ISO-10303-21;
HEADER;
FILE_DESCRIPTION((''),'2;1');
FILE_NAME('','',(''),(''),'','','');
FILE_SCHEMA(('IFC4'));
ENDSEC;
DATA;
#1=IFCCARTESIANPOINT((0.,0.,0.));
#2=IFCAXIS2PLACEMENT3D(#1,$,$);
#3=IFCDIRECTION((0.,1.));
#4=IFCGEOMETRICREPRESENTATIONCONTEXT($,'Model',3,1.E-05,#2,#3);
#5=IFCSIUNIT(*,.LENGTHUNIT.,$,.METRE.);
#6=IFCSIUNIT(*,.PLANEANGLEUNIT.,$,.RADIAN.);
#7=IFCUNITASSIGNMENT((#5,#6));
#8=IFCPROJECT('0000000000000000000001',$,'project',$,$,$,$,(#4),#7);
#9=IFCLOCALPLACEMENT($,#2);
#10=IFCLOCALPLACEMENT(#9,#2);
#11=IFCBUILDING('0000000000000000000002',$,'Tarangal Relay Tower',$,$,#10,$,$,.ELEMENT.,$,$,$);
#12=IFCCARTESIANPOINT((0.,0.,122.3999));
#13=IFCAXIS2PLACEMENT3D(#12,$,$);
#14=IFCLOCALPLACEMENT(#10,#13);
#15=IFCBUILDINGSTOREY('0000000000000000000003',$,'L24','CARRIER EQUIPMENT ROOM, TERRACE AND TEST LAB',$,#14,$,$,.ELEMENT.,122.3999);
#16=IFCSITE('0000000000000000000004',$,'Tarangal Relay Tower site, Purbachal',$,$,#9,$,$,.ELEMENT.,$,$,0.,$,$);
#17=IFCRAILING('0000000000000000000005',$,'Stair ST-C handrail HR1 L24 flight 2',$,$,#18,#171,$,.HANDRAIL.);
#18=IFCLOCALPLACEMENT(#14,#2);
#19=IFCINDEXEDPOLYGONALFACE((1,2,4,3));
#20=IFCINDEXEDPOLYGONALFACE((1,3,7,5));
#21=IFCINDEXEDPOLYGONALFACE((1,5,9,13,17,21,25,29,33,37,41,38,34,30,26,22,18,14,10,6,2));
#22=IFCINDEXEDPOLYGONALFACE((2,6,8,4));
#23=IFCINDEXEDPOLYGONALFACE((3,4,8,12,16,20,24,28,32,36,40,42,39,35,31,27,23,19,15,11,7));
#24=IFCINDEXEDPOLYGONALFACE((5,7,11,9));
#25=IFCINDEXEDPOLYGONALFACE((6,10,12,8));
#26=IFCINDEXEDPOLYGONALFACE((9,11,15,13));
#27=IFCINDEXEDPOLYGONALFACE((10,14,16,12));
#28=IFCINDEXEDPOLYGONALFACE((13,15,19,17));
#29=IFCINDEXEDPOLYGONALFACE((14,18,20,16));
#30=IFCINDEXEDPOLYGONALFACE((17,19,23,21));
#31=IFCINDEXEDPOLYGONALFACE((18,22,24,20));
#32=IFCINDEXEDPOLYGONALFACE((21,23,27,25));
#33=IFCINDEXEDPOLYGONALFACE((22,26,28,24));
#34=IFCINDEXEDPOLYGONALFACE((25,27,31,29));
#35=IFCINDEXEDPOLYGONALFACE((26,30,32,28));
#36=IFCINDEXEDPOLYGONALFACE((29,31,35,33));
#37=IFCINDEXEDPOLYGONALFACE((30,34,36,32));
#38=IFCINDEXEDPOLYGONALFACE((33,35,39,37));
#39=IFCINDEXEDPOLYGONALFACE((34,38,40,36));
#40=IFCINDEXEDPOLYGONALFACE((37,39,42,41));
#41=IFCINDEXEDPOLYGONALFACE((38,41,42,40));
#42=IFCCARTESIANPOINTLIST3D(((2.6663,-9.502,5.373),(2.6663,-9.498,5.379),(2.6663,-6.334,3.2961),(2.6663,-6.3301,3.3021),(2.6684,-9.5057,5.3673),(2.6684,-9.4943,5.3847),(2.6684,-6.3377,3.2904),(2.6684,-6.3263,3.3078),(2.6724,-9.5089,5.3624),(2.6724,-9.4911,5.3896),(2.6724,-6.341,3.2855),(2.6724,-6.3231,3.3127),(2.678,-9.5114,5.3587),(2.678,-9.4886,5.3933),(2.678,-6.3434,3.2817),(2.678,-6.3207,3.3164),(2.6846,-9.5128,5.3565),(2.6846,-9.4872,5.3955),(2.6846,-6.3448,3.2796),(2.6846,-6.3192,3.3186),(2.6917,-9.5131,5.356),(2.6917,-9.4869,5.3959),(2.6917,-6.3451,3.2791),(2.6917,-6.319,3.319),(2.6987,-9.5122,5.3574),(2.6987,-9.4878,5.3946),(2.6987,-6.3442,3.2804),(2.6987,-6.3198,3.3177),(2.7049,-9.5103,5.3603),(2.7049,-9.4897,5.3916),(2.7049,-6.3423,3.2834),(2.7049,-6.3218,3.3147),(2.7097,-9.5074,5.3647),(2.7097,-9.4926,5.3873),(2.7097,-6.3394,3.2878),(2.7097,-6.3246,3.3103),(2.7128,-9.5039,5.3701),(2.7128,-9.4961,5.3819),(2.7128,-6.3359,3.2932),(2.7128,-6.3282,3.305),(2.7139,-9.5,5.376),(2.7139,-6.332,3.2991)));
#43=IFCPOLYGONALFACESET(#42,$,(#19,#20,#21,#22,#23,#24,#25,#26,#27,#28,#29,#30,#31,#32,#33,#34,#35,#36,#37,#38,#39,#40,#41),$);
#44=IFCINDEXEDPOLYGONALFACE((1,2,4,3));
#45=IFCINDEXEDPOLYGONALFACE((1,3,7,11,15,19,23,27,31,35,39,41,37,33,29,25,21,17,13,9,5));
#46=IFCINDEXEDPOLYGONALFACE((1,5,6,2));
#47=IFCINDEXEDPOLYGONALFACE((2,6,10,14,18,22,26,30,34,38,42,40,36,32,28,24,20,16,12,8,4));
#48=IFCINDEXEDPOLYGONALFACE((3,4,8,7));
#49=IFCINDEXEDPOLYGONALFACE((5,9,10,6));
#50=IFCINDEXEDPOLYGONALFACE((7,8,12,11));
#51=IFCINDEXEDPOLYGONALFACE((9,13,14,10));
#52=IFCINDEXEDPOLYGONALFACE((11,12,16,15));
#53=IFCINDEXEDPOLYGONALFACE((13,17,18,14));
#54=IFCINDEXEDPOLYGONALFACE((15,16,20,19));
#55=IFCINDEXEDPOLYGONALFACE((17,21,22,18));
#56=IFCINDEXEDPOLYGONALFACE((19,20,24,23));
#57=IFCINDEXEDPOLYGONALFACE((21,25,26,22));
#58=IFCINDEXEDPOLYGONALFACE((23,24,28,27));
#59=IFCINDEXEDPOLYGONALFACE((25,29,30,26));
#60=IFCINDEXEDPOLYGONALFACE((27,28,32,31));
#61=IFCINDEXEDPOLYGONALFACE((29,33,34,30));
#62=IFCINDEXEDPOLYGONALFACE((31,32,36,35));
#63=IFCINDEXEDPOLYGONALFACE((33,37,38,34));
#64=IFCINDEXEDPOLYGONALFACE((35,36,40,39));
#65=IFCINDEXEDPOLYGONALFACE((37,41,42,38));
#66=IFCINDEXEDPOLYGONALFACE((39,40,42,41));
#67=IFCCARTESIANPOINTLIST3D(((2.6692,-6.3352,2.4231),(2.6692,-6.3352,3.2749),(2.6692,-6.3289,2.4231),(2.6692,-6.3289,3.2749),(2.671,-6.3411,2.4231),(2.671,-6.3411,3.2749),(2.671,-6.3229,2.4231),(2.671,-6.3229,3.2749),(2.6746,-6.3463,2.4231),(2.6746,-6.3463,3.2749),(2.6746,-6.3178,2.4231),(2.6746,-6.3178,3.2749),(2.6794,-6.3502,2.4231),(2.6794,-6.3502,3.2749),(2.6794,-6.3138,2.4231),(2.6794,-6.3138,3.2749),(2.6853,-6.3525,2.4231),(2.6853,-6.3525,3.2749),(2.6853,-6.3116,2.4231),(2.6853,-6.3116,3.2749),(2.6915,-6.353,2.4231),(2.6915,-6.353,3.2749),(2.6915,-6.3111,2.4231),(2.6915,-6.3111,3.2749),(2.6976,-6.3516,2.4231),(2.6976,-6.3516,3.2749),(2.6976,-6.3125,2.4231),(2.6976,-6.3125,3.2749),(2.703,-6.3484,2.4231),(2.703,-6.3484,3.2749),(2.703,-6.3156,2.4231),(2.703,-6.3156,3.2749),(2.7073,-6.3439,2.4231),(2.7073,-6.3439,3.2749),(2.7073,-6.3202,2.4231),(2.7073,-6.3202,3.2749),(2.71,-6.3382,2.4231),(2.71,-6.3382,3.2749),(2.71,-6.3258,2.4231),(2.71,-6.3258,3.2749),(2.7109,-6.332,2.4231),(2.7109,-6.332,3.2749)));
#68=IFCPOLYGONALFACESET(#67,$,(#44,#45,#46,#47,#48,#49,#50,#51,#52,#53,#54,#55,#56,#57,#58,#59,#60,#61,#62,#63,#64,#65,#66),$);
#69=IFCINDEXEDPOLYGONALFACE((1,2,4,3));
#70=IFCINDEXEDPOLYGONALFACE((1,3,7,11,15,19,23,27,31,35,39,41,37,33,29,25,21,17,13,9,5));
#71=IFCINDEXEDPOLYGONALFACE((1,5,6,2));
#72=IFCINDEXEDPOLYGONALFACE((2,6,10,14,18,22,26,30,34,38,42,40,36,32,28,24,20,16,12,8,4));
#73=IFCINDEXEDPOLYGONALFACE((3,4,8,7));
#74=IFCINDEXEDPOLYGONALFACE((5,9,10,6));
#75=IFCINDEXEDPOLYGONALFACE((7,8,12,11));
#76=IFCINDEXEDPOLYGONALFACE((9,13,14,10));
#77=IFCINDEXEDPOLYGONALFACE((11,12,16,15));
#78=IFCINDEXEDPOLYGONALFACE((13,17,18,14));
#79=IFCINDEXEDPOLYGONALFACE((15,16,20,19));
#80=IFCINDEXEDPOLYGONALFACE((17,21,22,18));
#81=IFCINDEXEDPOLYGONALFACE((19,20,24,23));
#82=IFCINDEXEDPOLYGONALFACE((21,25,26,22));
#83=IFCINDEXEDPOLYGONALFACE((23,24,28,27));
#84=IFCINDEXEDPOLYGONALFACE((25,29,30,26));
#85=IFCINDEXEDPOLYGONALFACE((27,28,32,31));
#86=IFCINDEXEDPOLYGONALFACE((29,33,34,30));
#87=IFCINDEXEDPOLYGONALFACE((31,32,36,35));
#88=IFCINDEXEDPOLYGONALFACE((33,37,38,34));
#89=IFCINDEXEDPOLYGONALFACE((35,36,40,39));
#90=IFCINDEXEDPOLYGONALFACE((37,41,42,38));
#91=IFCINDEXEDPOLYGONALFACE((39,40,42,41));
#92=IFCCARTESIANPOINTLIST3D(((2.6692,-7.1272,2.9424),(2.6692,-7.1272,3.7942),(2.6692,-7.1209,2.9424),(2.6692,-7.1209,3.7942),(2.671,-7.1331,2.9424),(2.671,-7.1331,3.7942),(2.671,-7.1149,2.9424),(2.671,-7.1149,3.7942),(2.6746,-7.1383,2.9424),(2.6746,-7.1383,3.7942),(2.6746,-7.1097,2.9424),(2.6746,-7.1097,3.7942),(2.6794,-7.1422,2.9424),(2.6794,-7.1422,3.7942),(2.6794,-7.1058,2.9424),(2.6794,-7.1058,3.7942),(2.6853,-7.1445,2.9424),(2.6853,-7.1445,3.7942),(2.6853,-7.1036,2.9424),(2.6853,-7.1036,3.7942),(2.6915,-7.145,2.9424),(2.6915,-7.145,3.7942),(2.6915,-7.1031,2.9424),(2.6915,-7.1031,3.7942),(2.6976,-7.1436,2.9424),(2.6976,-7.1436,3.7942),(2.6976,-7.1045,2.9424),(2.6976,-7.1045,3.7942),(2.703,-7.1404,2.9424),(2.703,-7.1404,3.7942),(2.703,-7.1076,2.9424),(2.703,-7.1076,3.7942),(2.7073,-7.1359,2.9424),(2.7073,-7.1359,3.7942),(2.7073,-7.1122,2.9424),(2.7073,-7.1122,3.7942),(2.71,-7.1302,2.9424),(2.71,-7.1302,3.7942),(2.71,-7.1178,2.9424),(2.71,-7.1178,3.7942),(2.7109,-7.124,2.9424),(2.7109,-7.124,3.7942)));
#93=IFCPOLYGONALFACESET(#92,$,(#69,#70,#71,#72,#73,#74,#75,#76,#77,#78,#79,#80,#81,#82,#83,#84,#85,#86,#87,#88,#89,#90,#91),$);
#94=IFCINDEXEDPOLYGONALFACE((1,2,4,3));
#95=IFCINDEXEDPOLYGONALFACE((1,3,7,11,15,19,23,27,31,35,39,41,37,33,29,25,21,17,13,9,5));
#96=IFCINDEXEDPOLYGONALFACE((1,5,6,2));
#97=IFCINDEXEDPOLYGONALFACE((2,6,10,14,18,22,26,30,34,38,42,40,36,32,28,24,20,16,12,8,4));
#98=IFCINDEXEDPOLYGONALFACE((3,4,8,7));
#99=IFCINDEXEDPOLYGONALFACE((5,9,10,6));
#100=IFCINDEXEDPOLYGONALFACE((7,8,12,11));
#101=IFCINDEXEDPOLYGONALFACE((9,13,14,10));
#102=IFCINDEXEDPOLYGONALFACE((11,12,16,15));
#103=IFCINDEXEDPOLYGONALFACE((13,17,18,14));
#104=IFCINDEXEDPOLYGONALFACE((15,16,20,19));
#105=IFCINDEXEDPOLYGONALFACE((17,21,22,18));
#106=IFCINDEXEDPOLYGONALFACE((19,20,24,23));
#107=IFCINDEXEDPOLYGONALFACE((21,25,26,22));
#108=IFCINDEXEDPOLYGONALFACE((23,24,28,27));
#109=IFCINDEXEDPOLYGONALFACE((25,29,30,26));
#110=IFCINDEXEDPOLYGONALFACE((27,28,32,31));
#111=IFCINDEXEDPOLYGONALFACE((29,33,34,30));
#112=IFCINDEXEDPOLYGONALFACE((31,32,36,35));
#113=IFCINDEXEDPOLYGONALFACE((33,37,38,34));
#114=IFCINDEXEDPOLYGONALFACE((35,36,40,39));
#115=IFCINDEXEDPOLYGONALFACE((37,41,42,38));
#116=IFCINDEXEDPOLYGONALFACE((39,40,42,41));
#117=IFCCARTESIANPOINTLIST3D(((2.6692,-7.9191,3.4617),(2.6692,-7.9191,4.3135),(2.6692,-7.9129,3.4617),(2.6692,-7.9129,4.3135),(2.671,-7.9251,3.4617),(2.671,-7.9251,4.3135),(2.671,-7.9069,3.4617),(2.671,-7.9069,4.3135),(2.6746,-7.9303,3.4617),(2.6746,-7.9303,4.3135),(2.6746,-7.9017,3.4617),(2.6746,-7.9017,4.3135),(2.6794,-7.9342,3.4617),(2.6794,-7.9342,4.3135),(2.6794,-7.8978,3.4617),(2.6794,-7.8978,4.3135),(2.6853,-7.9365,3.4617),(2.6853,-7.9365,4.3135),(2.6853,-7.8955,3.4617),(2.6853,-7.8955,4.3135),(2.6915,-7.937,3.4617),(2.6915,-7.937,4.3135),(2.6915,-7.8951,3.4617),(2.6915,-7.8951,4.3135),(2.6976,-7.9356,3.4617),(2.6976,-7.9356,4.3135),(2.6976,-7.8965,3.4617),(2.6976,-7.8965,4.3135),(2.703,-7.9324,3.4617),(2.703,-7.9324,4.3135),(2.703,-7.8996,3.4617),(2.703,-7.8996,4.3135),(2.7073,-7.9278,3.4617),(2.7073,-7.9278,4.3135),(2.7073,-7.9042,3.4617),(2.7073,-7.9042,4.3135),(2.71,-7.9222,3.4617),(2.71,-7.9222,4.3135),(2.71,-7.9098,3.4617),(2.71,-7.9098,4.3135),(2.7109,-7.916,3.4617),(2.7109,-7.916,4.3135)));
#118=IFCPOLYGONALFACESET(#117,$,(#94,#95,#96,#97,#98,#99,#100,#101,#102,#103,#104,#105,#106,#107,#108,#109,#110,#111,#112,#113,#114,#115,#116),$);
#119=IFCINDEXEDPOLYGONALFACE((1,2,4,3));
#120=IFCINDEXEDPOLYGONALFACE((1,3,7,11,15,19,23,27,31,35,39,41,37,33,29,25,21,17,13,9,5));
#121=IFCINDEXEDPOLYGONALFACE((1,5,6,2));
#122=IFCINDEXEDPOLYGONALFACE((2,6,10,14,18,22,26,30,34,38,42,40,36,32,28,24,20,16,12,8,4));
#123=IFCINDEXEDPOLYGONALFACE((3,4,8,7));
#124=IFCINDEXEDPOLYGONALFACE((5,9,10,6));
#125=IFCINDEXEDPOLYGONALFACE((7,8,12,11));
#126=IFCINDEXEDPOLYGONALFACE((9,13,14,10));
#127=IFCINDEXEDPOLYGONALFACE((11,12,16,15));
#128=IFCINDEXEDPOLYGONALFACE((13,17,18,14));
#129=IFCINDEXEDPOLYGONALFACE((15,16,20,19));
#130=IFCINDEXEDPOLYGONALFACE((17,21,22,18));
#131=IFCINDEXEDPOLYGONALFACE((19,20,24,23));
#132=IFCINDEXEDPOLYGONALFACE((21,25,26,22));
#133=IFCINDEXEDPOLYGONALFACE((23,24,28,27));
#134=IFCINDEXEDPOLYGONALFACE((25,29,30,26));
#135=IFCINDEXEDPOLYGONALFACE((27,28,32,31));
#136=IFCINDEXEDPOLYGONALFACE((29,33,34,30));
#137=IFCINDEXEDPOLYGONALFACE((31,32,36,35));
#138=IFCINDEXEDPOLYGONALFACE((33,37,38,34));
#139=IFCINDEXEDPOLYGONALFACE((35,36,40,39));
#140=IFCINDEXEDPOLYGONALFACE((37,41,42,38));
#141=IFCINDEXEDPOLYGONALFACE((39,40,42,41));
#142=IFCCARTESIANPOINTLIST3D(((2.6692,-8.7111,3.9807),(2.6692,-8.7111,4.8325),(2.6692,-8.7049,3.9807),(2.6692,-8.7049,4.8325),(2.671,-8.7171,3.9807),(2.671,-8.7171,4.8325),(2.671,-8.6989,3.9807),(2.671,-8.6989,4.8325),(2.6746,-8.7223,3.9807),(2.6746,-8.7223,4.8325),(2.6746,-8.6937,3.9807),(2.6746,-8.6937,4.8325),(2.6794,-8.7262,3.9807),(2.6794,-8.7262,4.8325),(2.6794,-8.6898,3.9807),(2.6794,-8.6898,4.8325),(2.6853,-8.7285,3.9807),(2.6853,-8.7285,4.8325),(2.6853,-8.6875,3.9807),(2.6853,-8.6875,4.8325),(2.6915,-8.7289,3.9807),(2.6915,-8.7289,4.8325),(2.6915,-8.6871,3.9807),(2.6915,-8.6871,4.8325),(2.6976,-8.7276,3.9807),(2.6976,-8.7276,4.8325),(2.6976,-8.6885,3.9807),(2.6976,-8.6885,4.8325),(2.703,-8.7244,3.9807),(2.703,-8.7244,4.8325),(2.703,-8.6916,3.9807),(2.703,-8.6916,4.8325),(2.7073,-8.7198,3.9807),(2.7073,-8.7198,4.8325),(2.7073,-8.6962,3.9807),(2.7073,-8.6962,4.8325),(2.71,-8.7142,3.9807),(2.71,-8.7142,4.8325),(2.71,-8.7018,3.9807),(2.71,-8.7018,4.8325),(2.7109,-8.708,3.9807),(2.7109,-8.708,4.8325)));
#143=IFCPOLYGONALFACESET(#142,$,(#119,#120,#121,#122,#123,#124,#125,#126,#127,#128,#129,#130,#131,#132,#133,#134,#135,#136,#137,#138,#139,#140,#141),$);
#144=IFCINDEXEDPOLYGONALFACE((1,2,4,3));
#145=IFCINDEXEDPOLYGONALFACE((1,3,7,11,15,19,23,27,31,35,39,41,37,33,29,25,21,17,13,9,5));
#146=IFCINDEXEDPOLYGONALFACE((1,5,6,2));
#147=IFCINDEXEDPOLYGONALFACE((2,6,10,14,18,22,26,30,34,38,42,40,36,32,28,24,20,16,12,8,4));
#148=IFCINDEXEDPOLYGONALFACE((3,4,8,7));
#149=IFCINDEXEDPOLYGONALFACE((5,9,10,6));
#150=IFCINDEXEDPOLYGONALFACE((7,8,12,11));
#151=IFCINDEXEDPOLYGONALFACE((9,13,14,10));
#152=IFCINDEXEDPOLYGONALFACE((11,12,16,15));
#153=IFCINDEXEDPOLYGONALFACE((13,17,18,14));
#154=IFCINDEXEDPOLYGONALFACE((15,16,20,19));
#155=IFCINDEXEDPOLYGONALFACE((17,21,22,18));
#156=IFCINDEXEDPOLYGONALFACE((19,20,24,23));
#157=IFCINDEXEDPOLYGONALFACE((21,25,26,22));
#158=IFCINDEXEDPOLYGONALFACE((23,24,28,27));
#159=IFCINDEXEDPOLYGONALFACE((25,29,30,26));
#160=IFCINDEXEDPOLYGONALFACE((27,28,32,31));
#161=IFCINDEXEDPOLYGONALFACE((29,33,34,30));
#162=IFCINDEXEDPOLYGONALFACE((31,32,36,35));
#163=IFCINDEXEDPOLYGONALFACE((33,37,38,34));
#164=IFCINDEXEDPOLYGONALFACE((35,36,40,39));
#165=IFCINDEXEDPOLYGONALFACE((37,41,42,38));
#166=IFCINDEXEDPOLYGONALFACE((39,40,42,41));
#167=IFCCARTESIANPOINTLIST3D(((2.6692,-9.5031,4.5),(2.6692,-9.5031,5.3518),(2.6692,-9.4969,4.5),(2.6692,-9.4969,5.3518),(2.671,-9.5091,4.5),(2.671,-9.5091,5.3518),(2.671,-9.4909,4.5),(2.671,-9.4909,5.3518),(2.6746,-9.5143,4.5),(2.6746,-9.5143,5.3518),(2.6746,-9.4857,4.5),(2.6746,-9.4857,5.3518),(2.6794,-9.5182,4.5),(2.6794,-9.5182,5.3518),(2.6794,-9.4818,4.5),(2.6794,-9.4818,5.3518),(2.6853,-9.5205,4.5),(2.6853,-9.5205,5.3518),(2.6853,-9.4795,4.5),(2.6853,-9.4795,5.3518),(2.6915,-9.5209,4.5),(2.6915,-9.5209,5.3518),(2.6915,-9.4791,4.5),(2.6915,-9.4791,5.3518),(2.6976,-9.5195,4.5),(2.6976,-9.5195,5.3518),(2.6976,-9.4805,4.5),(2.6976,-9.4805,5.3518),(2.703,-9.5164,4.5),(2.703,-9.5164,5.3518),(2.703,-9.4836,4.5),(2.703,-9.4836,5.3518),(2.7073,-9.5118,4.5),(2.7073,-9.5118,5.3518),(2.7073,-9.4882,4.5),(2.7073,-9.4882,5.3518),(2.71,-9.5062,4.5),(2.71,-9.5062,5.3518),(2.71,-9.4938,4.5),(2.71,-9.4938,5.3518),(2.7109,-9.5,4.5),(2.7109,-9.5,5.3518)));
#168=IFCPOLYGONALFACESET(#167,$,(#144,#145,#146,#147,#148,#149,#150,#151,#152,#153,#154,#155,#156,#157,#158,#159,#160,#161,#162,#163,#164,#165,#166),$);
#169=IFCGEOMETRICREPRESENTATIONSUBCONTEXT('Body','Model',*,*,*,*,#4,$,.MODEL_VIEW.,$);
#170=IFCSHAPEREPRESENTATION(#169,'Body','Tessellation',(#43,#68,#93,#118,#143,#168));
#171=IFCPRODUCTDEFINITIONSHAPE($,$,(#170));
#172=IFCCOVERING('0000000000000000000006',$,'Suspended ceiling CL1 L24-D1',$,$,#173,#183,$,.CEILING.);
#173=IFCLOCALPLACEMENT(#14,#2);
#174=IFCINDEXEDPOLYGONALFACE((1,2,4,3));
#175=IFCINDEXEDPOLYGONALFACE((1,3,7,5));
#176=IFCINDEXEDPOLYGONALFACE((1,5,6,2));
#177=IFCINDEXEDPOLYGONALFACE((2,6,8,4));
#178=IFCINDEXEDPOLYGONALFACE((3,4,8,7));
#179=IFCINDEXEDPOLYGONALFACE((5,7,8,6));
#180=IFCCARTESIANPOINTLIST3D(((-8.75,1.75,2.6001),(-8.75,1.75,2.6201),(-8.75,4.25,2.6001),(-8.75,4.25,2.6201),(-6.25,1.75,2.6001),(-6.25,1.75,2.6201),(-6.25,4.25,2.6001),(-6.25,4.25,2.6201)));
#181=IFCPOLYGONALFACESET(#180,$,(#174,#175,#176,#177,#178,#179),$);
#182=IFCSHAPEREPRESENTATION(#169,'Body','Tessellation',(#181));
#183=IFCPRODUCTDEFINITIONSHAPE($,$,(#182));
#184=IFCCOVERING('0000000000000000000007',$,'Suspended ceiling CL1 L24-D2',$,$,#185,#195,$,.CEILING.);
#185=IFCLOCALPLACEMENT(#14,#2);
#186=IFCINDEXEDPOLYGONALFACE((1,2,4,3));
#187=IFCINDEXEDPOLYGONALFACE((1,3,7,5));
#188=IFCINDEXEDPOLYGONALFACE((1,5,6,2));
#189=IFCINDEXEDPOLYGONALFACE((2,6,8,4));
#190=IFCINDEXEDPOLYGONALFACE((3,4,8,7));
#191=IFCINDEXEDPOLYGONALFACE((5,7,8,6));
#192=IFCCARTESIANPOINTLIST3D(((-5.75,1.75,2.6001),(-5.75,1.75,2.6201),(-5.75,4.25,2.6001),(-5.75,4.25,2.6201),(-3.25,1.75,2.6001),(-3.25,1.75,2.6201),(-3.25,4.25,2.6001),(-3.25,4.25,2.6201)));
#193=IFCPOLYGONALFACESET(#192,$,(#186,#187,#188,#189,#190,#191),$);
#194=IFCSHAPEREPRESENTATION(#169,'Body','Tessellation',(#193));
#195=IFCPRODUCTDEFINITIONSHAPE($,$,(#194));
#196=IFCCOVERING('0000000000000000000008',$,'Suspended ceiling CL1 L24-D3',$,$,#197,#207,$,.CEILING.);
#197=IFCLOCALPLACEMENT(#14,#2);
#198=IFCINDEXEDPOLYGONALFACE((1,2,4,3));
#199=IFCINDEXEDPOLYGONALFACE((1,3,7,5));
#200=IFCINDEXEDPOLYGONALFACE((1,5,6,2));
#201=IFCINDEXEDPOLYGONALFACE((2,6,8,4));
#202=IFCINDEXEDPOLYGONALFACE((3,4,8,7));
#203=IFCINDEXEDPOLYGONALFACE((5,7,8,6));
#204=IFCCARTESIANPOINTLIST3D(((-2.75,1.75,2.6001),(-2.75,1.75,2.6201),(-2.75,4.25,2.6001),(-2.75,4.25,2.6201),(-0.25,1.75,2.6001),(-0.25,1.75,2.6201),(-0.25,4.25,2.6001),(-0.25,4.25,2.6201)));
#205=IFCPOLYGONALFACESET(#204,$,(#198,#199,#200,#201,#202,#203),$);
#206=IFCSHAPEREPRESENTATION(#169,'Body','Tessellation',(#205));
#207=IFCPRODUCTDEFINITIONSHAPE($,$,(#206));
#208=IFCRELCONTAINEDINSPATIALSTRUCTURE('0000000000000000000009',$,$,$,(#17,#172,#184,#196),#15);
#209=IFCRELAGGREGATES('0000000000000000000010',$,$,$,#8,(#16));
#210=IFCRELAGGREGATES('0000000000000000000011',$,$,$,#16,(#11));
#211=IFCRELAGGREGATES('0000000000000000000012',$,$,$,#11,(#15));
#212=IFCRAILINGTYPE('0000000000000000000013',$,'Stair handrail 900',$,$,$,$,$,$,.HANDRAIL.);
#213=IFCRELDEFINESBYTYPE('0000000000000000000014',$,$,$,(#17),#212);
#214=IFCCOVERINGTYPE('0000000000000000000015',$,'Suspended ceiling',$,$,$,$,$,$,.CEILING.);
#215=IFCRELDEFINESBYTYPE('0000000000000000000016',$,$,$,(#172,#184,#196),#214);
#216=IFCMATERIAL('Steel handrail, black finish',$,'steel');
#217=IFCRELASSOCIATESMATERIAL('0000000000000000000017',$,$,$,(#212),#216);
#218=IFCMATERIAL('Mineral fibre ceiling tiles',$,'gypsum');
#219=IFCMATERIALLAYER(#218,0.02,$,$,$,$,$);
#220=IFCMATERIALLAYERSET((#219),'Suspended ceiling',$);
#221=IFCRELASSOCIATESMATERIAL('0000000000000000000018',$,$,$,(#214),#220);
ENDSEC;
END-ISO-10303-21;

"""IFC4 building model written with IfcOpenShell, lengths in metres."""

from ifc_helpers import new_model, si_unit, direction, frame, origin, origin_2d, place, context, subcontext, project, spatial, polyline, circle, outline, extrude, material, layer, layer_set, type_object, element, save


model = new_model("IFC4")

# Units and contexts
model_context = context("Model", 3, precision=1e-05, world=origin(), true_north=direction((0.0, 1.0)))
body_context = subcontext(model_context, "Body", "Model", "MODEL_VIEW")
ifc_project = project(units=[si_unit("LENGTHUNIT", "METRE"), si_unit("PLANEANGLEUNIT", "RADIAN")], contexts=[model_context])

# Site, building, storey
site_placement = place(None, origin())
site = spatial("IfcSite", under=ifc_project, at=site_placement, Name="Tarangal Relay Tower site, Purbachal", CompositionType="ELEMENT", RefElevation=0.0)
building_placement = place(site_placement, origin())
building = spatial("IfcBuilding", under=site, at=building_placement, Name="Tarangal Relay Tower", CompositionType="ELEMENT")
storey_placement = place(building_placement, frame((0.0, 0.0, 122.3999)))
storey = spatial("IfcBuildingStorey", under=building, at=storey_placement, Name="L24", Description="CARRIER EQUIPMENT ROOM, TERRACE AND TEST LAB", CompositionType="ELEMENT", Elevation=122.3999)

# Railing
ifc_material_1 = material(Name="Steel handrail, black finish", Category="steel")
railing_type_1 = type_object("IfcRailingType", Name="Stair handrail 900", PredefinedType="HANDRAIL", material=ifc_material_1)
railing_1_placement = place(storey_placement, frame((2.6899, -6.332, 2.4231)))
element("IfcRailing", 1, at=railing_1_placement, inside=storey, type_object=railing_type_1, Name="Stair ST-C handrail HR1 L24 flight 2", PredefinedType="HANDRAIL", context=body_context, shape_type="SweptSolid", body=[
    extrude(circle(Radius=0.0239, at=origin_2d()), frame((0.0, 0.0, 0.876), z_axis=(0.0, -0.836299, 0.548273), x_axis=(1.0, 0.0, 0.0)), (0.0, 0.0, 1.0), 3.7881),
    extrude(circle(Radius=0.021, at=origin_2d()), origin(), (0.0, 0.0, 1.0), 0.8518),
    extrude(circle(Radius=0.021, at=origin_2d()), frame((0.0, -0.792, 0.5193)), (0.0, 0.0, 1.0), 0.8518),
    extrude(circle(Radius=0.021, at=origin_2d()), frame((0.0, -1.584, 1.0386)), (0.0, 0.0, 1.0), 0.8518),
    extrude(circle(Radius=0.021, at=origin_2d()), frame((0.0, -2.376, 1.5576)), (0.0, 0.0, 1.0), 0.8518),
    extrude(circle(Radius=0.021, at=origin_2d()), frame((0.0, -3.168, 2.0769)), (0.0, 0.0, 1.0), 0.8518),
])

# Coverings
ifc_material_2 = material(Name="Mineral fibre ceiling tiles", Category="gypsum")
ifc_layer_1 = layer(ifc_material_2, 0.02)
ifc_layer_set_1 = layer_set([ifc_layer_1], Name="Suspended ceiling")
covering_type_1 = type_object("IfcCoveringType", Name="Suspended ceiling", PredefinedType="CEILING", material=ifc_layer_set_1)
covering_1_placement = place(storey_placement, frame((0.0, 0.0, 2.6001)))
element("IfcCovering", 2, at=covering_1_placement, inside=storey, type_object=covering_type_1, Name="Suspended ceiling CL1 L24-D1", PredefinedType="CEILING", context=body_context, shape_type="SweptSolid", body=[
    extrude(outline(polyline([(-8.75, 1.75), (-6.25, 1.75), (-6.25, 4.25), (-8.75, 4.25), (-8.75, 1.75)])), origin(), (0.0, 0.0, 1.0), 0.02),
])
covering_2_placement = place(storey_placement, frame((0.0, 0.0, 2.6001)))
element("IfcCovering", 3, at=covering_2_placement, inside=storey, type_object=covering_type_1, Name="Suspended ceiling CL1 L24-D2", PredefinedType="CEILING", context=body_context, shape_type="SweptSolid", body=[
    extrude(outline(polyline([(-5.75, 1.75), (-3.25, 1.75), (-3.25, 4.25), (-5.75, 4.25), (-5.75, 1.75)])), origin(), (0.0, 0.0, 1.0), 0.02),
])
covering_3_placement = place(storey_placement, frame((0.0, 0.0, 2.6001)))
element("IfcCovering", 4, at=covering_3_placement, inside=storey, type_object=covering_type_1, Name="Suspended ceiling CL1 L24-D3", PredefinedType="CEILING", context=body_context, shape_type="SweptSolid", body=[
    extrude(outline(polyline([(-2.75, 1.75), (-0.25, 1.75), (-0.25, 4.25), (-2.75, 4.25), (-2.75, 1.75)])), origin(), (0.0, 0.0, 1.0), 0.02),
])

save(model, "model.ifc")
